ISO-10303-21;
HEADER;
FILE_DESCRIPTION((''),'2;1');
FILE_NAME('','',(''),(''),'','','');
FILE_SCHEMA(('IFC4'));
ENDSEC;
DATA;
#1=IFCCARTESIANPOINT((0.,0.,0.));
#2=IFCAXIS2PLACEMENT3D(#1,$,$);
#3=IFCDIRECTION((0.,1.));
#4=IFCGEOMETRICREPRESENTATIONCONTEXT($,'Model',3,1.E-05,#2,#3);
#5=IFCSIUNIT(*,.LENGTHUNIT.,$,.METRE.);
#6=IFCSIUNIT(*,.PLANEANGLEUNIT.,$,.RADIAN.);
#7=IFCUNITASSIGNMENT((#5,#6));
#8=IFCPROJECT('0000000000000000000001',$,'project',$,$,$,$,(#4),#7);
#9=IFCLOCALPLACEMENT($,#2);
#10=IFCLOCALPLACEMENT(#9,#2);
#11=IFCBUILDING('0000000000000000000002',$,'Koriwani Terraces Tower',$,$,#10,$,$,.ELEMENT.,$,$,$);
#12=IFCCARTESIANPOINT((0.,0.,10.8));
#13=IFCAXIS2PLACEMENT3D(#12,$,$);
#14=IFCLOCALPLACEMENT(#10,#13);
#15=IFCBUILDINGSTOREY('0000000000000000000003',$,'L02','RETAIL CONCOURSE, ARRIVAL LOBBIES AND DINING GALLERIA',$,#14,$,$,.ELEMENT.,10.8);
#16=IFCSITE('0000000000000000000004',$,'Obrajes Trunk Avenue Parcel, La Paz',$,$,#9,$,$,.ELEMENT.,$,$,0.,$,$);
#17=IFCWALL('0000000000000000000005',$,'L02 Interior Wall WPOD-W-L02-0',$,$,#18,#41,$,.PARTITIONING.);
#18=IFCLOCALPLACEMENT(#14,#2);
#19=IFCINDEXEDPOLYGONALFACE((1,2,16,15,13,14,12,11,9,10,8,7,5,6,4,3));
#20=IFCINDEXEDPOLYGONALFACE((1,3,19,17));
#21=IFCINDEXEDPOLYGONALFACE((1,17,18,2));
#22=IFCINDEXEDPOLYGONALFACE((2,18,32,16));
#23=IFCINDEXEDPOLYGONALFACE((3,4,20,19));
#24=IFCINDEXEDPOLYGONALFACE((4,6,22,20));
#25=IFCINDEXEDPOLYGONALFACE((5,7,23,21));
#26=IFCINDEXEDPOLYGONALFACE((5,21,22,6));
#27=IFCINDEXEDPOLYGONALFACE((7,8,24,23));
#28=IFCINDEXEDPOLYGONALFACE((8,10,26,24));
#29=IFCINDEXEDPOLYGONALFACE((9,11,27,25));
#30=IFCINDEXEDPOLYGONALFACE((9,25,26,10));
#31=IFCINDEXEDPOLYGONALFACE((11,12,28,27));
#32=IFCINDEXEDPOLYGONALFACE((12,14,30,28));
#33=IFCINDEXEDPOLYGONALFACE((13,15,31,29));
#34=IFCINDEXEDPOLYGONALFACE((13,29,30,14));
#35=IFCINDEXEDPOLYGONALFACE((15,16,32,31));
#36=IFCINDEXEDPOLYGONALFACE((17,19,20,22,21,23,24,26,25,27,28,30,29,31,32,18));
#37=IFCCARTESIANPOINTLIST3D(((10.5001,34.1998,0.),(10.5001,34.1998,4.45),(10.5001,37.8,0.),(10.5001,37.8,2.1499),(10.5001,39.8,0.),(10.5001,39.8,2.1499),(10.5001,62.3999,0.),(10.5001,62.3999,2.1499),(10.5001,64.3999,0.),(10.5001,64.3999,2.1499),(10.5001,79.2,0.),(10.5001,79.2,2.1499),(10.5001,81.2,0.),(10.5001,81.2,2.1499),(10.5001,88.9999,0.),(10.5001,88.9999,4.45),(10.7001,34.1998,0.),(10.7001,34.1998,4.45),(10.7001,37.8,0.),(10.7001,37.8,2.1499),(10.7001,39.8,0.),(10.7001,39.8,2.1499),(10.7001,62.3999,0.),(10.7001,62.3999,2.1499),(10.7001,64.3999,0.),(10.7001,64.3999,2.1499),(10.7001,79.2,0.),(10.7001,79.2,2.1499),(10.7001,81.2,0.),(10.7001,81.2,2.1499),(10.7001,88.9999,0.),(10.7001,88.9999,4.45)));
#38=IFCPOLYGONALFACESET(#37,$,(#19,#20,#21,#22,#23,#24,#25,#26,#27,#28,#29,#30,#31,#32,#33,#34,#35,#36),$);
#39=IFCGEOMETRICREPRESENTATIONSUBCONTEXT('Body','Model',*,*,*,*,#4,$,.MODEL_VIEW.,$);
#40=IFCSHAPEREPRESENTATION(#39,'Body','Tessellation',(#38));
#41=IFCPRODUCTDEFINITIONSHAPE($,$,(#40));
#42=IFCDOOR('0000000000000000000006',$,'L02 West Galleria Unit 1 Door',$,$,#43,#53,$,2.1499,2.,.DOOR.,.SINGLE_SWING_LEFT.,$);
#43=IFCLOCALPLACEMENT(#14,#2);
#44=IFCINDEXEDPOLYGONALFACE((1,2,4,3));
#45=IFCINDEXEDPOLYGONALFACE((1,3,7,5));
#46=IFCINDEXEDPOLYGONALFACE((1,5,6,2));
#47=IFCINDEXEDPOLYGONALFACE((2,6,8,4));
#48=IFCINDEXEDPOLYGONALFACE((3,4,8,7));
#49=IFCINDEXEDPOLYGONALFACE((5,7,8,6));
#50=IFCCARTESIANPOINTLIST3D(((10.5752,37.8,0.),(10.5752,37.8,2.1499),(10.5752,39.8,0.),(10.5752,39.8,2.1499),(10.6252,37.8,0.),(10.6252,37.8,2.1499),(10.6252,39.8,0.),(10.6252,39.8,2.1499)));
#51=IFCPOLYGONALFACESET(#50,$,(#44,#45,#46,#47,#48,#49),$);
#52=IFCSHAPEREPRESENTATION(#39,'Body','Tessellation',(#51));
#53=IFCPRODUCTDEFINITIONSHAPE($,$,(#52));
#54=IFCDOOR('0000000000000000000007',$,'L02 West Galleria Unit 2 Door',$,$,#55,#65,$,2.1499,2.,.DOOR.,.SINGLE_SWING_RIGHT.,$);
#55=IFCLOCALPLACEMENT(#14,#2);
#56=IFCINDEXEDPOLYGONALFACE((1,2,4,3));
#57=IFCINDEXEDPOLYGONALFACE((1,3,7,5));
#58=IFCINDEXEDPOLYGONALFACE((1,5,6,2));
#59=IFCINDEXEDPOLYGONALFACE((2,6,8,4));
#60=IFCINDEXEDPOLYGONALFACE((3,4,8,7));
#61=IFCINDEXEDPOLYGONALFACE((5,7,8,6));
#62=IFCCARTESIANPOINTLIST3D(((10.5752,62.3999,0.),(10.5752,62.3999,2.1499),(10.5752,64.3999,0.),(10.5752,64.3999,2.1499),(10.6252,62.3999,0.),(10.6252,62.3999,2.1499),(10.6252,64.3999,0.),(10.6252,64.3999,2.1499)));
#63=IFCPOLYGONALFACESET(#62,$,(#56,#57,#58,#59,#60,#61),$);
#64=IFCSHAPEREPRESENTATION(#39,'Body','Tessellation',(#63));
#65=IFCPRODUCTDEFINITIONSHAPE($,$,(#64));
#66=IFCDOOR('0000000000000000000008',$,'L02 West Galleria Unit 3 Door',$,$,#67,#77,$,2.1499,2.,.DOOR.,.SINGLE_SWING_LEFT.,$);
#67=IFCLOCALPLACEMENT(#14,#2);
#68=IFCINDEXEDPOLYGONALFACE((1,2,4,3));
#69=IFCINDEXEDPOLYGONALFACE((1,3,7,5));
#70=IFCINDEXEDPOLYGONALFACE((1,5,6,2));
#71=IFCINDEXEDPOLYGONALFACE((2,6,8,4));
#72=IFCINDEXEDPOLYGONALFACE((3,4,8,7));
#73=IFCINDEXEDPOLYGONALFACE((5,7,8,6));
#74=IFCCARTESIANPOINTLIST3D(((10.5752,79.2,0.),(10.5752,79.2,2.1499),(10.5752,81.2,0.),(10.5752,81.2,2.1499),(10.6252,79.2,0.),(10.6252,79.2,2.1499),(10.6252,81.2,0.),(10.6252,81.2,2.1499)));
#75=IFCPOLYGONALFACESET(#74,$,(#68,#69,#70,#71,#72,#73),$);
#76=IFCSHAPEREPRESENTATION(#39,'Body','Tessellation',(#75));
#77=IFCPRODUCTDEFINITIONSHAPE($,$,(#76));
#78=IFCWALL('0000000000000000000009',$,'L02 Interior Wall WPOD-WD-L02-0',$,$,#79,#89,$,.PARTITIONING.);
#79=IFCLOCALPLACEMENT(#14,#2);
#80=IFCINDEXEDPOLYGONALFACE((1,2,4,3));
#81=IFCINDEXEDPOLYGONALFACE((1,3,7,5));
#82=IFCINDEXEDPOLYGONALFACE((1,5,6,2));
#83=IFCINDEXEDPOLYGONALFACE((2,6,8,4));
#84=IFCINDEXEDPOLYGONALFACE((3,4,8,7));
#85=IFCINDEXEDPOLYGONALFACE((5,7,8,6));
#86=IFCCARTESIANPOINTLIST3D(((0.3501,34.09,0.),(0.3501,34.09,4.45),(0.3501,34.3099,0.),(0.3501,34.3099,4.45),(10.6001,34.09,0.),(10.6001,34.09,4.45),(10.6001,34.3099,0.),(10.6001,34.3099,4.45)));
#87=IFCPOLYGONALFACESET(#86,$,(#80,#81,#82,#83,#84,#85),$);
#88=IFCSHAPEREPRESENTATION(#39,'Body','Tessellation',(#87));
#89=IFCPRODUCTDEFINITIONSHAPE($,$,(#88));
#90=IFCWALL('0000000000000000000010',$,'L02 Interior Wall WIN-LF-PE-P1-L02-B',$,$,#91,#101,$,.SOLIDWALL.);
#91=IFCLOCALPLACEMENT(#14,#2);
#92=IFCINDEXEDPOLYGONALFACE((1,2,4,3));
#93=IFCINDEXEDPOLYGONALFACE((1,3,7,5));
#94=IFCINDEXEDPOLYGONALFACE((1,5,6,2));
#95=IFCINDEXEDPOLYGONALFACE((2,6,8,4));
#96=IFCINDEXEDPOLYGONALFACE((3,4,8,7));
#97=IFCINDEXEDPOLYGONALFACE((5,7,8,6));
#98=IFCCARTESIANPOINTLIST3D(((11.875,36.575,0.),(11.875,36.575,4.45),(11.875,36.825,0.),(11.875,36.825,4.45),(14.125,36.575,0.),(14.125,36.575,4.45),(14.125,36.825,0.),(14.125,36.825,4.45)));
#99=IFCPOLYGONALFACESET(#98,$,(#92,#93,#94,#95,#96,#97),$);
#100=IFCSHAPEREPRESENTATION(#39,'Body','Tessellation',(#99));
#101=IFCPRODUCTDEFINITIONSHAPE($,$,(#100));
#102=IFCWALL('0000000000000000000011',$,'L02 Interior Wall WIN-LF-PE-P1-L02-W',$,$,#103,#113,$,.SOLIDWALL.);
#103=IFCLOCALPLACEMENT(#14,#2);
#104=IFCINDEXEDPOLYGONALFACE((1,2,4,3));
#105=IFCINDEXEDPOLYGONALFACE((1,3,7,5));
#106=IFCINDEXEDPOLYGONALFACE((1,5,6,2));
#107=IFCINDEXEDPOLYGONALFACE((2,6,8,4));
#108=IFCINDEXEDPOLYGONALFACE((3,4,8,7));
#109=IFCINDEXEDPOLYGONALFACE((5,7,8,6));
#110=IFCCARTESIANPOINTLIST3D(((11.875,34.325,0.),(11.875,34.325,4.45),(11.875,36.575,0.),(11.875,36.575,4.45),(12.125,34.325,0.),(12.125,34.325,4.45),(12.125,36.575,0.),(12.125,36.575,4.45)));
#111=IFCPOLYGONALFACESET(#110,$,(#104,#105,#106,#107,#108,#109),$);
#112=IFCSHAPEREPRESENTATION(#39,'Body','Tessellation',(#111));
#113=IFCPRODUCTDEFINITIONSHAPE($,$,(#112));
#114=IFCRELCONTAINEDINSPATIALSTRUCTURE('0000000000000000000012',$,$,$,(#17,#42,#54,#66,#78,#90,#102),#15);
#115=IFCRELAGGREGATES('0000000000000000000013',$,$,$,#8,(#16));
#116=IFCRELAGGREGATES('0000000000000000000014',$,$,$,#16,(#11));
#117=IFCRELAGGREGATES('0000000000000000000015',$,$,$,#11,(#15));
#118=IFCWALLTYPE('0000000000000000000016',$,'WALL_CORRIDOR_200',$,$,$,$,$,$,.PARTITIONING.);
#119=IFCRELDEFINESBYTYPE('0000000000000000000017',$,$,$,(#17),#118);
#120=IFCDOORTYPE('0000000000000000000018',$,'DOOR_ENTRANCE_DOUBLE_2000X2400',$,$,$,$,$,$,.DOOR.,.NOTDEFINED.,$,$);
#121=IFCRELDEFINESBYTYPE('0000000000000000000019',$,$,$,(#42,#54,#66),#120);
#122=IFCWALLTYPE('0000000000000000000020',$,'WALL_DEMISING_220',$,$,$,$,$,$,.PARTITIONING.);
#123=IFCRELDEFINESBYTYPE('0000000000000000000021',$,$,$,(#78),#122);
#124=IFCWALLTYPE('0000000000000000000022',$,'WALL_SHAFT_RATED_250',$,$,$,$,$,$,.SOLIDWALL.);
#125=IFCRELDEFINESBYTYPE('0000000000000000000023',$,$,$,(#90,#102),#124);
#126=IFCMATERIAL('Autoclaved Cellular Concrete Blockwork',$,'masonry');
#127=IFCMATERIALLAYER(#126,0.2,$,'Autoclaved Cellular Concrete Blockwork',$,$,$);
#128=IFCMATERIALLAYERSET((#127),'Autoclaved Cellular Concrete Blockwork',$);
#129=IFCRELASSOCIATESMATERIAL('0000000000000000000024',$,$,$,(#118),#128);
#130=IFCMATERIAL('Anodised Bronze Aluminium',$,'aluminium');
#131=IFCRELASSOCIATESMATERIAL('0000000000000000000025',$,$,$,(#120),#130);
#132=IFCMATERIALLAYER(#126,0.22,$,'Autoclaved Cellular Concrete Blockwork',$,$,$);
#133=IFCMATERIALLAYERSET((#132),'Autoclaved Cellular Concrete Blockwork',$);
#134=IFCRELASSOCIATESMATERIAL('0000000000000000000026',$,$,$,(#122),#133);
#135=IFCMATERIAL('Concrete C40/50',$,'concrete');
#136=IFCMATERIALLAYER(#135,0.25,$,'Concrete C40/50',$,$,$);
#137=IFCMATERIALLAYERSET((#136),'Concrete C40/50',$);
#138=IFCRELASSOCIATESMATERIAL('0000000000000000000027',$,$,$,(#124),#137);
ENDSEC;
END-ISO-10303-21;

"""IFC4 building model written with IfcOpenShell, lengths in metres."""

from ifc_helpers import new_model, si_unit, direction, frame, frame_2d, origin, place, context, subcontext, project, spatial, rectangle, extrude, material, layer, layer_set, type_object, element, fill, save


model = new_model("IFC4")

# Units and contexts
model_context = context("Model", 3, precision=1e-05, world=origin(), true_north=direction((0.0, 1.0)))
body_context = subcontext(model_context, "Body", "Model", "MODEL_VIEW")
ifc_project = project(units=[si_unit("LENGTHUNIT", "METRE"), si_unit("PLANEANGLEUNIT", "RADIAN")], contexts=[model_context])

# Site, building, storey
site_placement = place(None, origin())
site = spatial("IfcSite", under=ifc_project, at=site_placement, Name="Obrajes Trunk Avenue Parcel, La Paz", CompositionType="ELEMENT", RefElevation=0.0)
building_placement = place(site_placement, origin())
building = spatial("IfcBuilding", under=site, at=building_placement, Name="Koriwani Terraces Tower", CompositionType="ELEMENT")
storey_placement = place(building_placement, frame((0.0, 0.0, 10.8)))
storey = spatial("IfcBuildingStorey", under=building, at=storey_placement, Name="L02", Description="RETAIL CONCOURSE, ARRIVAL LOBBIES AND DINING GALLERIA", CompositionType="ELEMENT", Elevation=10.8)

# Wall, openings, doors
ifc_material_1 = material(Name="Autoclaved Cellular Concrete Blockwork", Category="masonry")
ifc_layer_1 = layer(ifc_material_1, 0.2, Name="Autoclaved Cellular Concrete Blockwork")
ifc_layer_set_1 = layer_set([ifc_layer_1], Name="Autoclaved Cellular Concrete Blockwork")
wall_type_1 = type_object("IfcWallType", Name="WALL_CORRIDOR_200", PredefinedType="PARTITIONING", material=ifc_layer_set_1)
wall_1_placement = place(storey_placement, frame((10.6001, 34.2, 0.0), z_axis=(0.0, 0.0, 1.0), x_axis=(0.0, 1.0, 0.0)))
wall_1 = element("IfcWall", 1, at=wall_1_placement, inside=storey, type_object=wall_type_1, Name="L02 Interior Wall WPOD-W-L02-0", PredefinedType="PARTITIONING", context=body_context, shape_type="SweptSolid", body=[
    extrude(rectangle(XDim=54.8, YDim=0.2, at=frame_2d((27.3999, 0.0))), origin(), (0.0, 0.0, 1.0), 4.45),
])
opening_1_placement = place(wall_1_placement, frame((3.6001, 0.0, 0.0)))
opening_1 = element("IfcOpeningElement", 2, at=opening_1_placement, cuts=wall_1, PredefinedType="OPENING", context=body_context, shape_type="SweptSolid", body=[
    extrude(rectangle(XDim=2.0, YDim=2.1499, at=frame_2d((1.0, 1.075))), frame((0.0, 0.1099, 0.0), z_axis=(0.0, -1.0, 0.0), x_axis=(1.0, 0.0, 0.0)), (0.0, 0.0, 1.0), 0.22),
])
opening_2_placement = place(wall_1_placement, frame((28.2, 0.0, 0.0)))
opening_2 = element("IfcOpeningElement", 3, at=opening_2_placement, cuts=wall_1, PredefinedType="OPENING", context=body_context, shape_type="SweptSolid", body=[
    extrude(rectangle(XDim=2.0, YDim=2.1499, at=frame_2d((1.0, 1.075))), frame((0.0, 0.1099, 0.0), z_axis=(0.0, -1.0, 0.0), x_axis=(1.0, 0.0, 0.0)), (0.0, 0.0, 1.0), 0.22),
])
opening_3_placement = place(wall_1_placement, frame((45.0, 0.0, 0.0)))
opening_3 = element("IfcOpeningElement", 4, at=opening_3_placement, cuts=wall_1, PredefinedType="OPENING", context=body_context, shape_type="SweptSolid", body=[
    extrude(rectangle(XDim=2.0, YDim=2.1499, at=frame_2d((1.0, 1.075))), frame((0.0, 0.1099, 0.0), z_axis=(0.0, -1.0, 0.0), x_axis=(1.0, 0.0, 0.0)), (0.0, 0.0, 1.0), 0.22),
])
ifc_material_2 = material(Name="Anodised Bronze Aluminium", Category="aluminium")
door_type_1 = type_object("IfcDoorType", Name="DOOR_ENTRANCE_DOUBLE_2000X2400", OperationType="NOTDEFINED", PredefinedType="DOOR", material=ifc_material_2)
door_1_placement = place(opening_1_placement, origin())
door_1 = element("IfcDoor", 5, at=door_1_placement, inside=storey, type_object=door_type_1, Name="L02 West Galleria Unit 1 Door", OperationType="SINGLE_SWING_LEFT", OverallHeight=2.1499, OverallWidth=2.0, PredefinedType="DOOR", context=body_context, shape_type="SweptSolid", body=[
    extrude(rectangle(XDim=2.0, YDim=2.1499, at=frame_2d((1.0, 1.075))), frame((0.0, 0.0249, 0.0), z_axis=(0.0, -1.0, 0.0), x_axis=(1.0, 0.0, 0.0)), (0.0, 0.0, 1.0), 0.05),
])
fill(opening_1, door_1)
door_2_placement = place(opening_2_placement, origin())
door_2 = element("IfcDoor", 6, at=door_2_placement, inside=storey, type_object=door_type_1, Name="L02 West Galleria Unit 2 Door", OperationType="SINGLE_SWING_RIGHT", OverallHeight=2.1499, OverallWidth=2.0, PredefinedType="DOOR", context=body_context, shape_type="SweptSolid", body=[
    extrude(rectangle(XDim=2.0, YDim=2.1499, at=frame_2d((1.0, 1.075))), frame((0.0, 0.0249, 0.0), z_axis=(0.0, -1.0, 0.0), x_axis=(1.0, 0.0, 0.0)), (0.0, 0.0, 1.0), 0.05),
])
fill(opening_2, door_2)
door_3_placement = place(opening_3_placement, origin())
door_3 = element("IfcDoor", 7, at=door_3_placement, inside=storey, type_object=door_type_1, Name="L02 West Galleria Unit 3 Door", OperationType="SINGLE_SWING_LEFT", OverallHeight=2.1499, OverallWidth=2.0, PredefinedType="DOOR", context=body_context, shape_type="SweptSolid", body=[
    extrude(rectangle(XDim=2.0, YDim=2.1499, at=frame_2d((1.0, 1.075))), frame((0.0, 0.0249, 0.0), z_axis=(0.0, -1.0, 0.0), x_axis=(1.0, 0.0, 0.0)), (0.0, 0.0, 1.0), 0.05),
])
fill(opening_3, door_3)

# Wall
ifc_layer_2 = layer(ifc_material_1, 0.22, Name="Autoclaved Cellular Concrete Blockwork")
ifc_layer_set_2 = layer_set([ifc_layer_2], Name="Autoclaved Cellular Concrete Blockwork")
wall_type_2 = type_object("IfcWallType", Name="WALL_DEMISING_220", PredefinedType="PARTITIONING", material=ifc_layer_set_2)
wall_2_placement = place(storey_placement, frame((0.3501, 34.2, 0.0), z_axis=(0.0, 0.0, 1.0), x_axis=(1.0, 0.0, 0.0)))
element("IfcWall", 8, at=wall_2_placement, inside=storey, type_object=wall_type_2, Name="L02 Interior Wall WPOD-WD-L02-0", PredefinedType="PARTITIONING", context=body_context, shape_type="SweptSolid", body=[
    extrude(rectangle(XDim=10.25, YDim=0.22, at=frame_2d((5.125, 0.0))), origin(), (0.0, 0.0, 1.0), 4.45),
])

# Shared definitions
ifc_material_3 = material(Name="Concrete C40/50", Category="concrete")
ifc_layer_3 = layer(ifc_material_3, 0.25, Name="Concrete C40/50")
ifc_layer_set_3 = layer_set([ifc_layer_3], Name="Concrete C40/50")
wall_type_3 = type_object("IfcWallType", Name="WALL_SHAFT_RATED_250", PredefinedType="SOLIDWALL", material=ifc_layer_set_3)

# Walls
for number, where, z_axis, x_axis, name in (
    (9, (11.875, 36.7, 0.0), (0.0, 0.0, 1.0), (1.0, 0.0, 0.0), "L02 Interior Wall WIN-LF-PE-P1-L02-B"),
    (10, (12.0, 34.325, 0.0), (0.0, 0.0, 1.0), (0.0, 1.0, 0.0), "L02 Interior Wall WIN-LF-PE-P1-L02-W"),
):
    element("IfcWall", number, at=place(storey_placement, frame(where, z_axis=z_axis, x_axis=x_axis)), inside=storey, type_object=wall_type_3, Name=name, PredefinedType="SOLIDWALL", context=body_context, shape_type="SweptSolid", body=[
        extrude(rectangle(XDim=2.25, YDim=0.25, at=frame_2d((1.125, 0.0))), origin(), (0.0, 0.0, 1.0), 4.45),
    ])

save(model, "model.ifc")
